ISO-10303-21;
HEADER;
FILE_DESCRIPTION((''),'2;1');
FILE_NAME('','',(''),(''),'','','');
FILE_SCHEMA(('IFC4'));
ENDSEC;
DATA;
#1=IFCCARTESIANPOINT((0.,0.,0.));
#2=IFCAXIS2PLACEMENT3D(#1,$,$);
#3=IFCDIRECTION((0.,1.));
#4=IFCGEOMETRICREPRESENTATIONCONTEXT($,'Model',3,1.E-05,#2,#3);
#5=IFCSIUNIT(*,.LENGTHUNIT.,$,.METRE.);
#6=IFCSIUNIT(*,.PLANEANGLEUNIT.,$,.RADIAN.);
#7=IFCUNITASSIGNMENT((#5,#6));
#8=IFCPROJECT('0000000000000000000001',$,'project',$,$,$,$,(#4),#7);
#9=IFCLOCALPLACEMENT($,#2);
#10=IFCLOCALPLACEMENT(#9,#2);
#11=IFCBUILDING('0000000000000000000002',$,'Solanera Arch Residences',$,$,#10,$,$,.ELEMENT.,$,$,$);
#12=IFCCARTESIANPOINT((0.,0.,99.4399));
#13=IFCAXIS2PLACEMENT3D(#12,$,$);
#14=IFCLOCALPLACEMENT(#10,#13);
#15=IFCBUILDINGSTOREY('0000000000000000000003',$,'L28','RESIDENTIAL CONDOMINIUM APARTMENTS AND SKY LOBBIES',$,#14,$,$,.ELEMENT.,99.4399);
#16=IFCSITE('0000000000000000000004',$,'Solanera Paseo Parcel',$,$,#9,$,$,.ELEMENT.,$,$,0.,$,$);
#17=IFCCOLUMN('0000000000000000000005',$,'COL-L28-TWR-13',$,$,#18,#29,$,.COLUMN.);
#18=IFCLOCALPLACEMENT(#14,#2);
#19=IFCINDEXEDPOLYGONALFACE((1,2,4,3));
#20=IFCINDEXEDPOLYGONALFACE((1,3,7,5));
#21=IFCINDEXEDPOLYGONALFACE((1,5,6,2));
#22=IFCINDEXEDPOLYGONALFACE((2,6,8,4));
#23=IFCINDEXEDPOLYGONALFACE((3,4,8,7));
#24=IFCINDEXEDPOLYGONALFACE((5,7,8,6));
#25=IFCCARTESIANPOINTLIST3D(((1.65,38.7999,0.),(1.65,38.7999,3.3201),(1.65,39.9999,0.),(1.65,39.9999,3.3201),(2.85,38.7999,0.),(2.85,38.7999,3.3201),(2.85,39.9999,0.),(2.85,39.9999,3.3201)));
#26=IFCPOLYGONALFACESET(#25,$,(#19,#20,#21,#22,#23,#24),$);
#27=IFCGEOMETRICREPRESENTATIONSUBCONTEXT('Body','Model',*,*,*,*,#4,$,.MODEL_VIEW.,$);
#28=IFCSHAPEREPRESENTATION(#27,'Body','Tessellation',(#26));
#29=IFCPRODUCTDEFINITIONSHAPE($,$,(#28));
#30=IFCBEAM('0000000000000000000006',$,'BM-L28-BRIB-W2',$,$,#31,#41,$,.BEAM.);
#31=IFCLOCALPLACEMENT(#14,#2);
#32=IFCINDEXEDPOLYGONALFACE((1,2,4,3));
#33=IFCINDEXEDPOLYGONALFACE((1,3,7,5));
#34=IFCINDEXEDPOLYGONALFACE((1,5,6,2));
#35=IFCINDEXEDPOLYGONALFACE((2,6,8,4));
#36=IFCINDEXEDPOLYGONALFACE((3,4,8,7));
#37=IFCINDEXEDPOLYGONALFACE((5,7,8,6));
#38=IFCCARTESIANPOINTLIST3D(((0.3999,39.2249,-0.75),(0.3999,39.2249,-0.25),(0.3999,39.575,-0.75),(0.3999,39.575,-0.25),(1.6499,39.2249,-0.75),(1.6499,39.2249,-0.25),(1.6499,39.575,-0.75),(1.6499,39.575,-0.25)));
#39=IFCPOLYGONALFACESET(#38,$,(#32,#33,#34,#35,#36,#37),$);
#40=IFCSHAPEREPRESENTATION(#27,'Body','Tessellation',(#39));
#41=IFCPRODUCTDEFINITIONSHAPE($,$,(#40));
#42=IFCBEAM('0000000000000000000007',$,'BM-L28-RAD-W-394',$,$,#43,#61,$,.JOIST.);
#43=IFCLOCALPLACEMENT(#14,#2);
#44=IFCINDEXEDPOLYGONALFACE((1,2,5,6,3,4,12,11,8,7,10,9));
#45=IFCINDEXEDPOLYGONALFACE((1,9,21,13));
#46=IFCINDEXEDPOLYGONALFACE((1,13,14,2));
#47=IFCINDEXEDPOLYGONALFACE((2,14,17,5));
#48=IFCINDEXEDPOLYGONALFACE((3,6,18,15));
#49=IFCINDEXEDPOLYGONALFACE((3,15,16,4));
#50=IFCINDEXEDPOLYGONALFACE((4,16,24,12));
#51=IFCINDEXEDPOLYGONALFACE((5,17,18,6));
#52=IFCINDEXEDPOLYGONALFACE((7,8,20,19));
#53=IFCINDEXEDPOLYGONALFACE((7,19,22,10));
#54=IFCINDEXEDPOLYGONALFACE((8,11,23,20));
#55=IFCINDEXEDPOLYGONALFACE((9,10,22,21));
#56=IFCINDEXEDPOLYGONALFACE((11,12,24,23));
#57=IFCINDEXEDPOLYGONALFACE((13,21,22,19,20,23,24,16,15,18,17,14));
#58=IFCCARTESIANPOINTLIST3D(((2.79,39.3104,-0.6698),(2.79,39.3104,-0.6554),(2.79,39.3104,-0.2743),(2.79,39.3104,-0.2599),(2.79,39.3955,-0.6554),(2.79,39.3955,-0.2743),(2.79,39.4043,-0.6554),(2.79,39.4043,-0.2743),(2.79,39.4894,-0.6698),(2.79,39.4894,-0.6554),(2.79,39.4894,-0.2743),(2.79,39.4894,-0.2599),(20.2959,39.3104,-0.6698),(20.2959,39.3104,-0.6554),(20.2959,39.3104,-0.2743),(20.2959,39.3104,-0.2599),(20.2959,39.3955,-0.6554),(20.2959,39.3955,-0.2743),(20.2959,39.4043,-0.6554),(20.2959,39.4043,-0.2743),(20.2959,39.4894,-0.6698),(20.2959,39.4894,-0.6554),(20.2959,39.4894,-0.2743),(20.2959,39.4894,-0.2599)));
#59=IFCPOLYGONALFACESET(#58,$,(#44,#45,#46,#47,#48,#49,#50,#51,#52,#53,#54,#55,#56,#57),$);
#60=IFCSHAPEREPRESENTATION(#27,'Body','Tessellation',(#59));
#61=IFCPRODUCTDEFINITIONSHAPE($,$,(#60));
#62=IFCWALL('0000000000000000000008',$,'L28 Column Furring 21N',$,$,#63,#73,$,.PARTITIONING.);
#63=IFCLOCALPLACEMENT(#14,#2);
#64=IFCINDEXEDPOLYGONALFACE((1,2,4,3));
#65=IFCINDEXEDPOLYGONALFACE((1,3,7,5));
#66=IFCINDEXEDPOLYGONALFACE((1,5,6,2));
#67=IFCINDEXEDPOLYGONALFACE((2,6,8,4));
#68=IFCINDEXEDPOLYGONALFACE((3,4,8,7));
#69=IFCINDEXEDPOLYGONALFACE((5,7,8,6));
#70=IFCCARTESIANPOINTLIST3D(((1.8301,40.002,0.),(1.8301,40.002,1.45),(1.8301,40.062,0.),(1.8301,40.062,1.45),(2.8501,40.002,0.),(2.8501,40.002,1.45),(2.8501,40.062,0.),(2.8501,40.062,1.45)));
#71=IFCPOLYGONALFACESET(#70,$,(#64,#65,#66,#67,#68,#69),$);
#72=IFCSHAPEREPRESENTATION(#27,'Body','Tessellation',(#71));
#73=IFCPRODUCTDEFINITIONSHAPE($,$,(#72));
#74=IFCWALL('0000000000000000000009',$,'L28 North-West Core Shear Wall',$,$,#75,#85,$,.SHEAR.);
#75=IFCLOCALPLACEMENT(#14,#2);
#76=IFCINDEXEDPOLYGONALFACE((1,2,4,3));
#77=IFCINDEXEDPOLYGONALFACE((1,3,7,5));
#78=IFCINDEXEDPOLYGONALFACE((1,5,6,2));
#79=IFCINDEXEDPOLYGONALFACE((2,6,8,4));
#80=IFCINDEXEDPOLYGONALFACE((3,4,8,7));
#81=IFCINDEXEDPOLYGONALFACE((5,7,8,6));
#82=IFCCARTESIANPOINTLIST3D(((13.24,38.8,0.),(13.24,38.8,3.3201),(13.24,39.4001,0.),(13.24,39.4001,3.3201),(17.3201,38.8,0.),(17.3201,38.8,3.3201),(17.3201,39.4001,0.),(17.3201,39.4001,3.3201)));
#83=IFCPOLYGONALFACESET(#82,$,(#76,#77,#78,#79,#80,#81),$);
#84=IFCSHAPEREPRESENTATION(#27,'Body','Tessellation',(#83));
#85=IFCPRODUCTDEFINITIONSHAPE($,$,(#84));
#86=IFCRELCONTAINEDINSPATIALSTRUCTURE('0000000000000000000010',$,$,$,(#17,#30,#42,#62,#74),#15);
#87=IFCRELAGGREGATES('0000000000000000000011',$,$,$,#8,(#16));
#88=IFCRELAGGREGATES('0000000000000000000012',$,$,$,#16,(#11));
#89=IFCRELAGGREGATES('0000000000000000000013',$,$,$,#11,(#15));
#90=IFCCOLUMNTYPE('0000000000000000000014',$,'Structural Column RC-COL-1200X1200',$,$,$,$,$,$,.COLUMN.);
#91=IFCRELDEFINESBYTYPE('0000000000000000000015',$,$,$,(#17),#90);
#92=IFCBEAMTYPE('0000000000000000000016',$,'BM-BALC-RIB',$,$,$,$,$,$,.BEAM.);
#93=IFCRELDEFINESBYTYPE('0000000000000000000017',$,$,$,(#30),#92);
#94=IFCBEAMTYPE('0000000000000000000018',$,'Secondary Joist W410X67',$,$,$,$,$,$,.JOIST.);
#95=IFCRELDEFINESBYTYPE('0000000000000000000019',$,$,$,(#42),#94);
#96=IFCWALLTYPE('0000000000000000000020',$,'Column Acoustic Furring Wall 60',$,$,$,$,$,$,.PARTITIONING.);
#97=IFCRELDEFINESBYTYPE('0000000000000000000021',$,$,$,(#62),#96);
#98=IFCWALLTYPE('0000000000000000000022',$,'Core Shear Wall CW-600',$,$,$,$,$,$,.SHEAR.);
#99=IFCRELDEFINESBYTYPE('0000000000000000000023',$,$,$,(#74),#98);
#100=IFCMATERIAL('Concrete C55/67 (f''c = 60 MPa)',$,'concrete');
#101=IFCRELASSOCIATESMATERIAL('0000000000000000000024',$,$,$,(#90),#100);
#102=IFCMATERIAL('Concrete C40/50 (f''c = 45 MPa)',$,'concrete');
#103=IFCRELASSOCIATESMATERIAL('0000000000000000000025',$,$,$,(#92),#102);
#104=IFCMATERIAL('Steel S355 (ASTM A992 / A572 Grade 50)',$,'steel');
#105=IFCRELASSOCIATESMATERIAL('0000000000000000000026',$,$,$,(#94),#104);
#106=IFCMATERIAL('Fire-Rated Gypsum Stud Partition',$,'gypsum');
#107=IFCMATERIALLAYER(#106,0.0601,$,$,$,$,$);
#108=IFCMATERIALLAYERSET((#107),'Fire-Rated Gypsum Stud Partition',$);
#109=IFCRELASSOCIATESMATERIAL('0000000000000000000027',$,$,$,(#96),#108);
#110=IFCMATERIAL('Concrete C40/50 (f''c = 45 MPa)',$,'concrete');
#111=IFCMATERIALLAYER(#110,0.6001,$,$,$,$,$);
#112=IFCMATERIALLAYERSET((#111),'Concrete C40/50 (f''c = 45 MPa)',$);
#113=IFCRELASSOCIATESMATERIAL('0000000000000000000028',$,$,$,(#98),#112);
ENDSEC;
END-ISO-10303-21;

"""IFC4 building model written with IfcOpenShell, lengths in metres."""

from ifc_helpers import new_model, si_unit, direction, frame, frame_2d, origin, origin_2d, place, context, subcontext, project, spatial, rectangle, i_section, extrude, material, layer, layer_set, material_profile, profile_set, type_object, element, save


model = new_model("IFC4")

# Units and contexts
model_context = context("Model", 3, precision=1e-05, world=origin(), true_north=direction((0.0, 1.0)))
body_context = subcontext(model_context, "Body", "Model", "MODEL_VIEW")
ifc_project = project(units=[si_unit("LENGTHUNIT", "METRE"), si_unit("PLANEANGLEUNIT", "RADIAN")], contexts=[model_context])

# Site, building, storey
site_placement = place(None, origin())
site = spatial("IfcSite", under=ifc_project, at=site_placement, Name="Solanera Paseo Parcel", CompositionType="ELEMENT", RefElevation=0.0)
building_placement = place(site_placement, origin())
building = spatial("IfcBuilding", under=site, at=building_placement, Name="Solanera Arch Residences", CompositionType="ELEMENT")
storey_placement = place(building_placement, frame((0.0, 0.0, 99.4399)))
storey = spatial("IfcBuildingStorey", under=building, at=storey_placement, Name="L28", Description="RESIDENTIAL CONDOMINIUM APARTMENTS AND SKY LOBBIES", CompositionType="ELEMENT", Elevation=99.4399)

# Column
ifc_material_1 = material(Name="Concrete C55/67 (f'c = 60 MPa)", Category="concrete")
ifc_material_profile_1 = material_profile(ifc_material_1, rectangle(XDim=1.2, YDim=1.2, at=origin_2d()))
ifc_profile_set_1 = profile_set([ifc_material_profile_1], Name="Concrete C55/67 (f'c = 60 MPa)")
column_type = type_object("IfcColumnType", Name="Structural Column RC-COL-1200X1200", PredefinedType="COLUMN", material=ifc_profile_set_1)
column_placement = place(storey_placement, frame((2.25, 39.3999, 0.0), z_axis=(0.0, 0.0, 1.0), x_axis=(1.0, 0.0, 0.0)))
element("IfcColumn", 1, at=column_placement, inside=storey, type_object=column_type, Name="COL-L28-TWR-13", PredefinedType="COLUMN", context=body_context, shape_type="SweptSolid", body=[
    extrude(rectangle(XDim=1.2, YDim=1.2, at=origin_2d()), origin(), (0.0, 0.0, 1.0), 3.3201),
])

# Beams
ifc_material_2 = material(Name="Concrete C40/50 (f'c = 45 MPa)", Category="concrete")
ifc_material_profile_2 = material_profile(ifc_material_2, rectangle(XDim=0.3501, YDim=0.5, at=origin_2d()))
ifc_profile_set_2 = profile_set([ifc_material_profile_2], Name="Concrete C40/50 (f'c = 45 MPa)")
beam_type_1 = type_object("IfcBeamType", Name="BM-BALC-RIB", PredefinedType="BEAM", material=ifc_profile_set_2)
beam_1_placement = place(storey_placement, frame((0.3999, 39.3999, -0.5), z_axis=(1.0, 0.0, 0.0), x_axis=(0.0, 1.0, 0.0)))
element("IfcBeam", 2, at=beam_1_placement, inside=storey, type_object=beam_type_1, Name="BM-L28-BRIB-W2", PredefinedType="BEAM", context=body_context, shape_type="SweptSolid", body=[
    extrude(rectangle(XDim=0.3501, YDim=0.5, at=origin_2d()), origin(), (0.0, 0.0, 1.0), 1.25),
])
ifc_material_3 = material(Name="Steel S355 (ASTM A992 / A572 Grade 50)", Category="steel")
ifc_material_profile_3 = material_profile(ifc_material_3, i_section(OverallWidth=0.179, OverallDepth=0.4099, WebThickness=0.0088, FlangeThickness=0.0144, at=origin_2d()))
ifc_profile_set_3 = profile_set([ifc_material_profile_3], Name="Steel S355 (ASTM A992 / A572 Grade 50)")
beam_type_2 = type_object("IfcBeamType", Name="Secondary Joist W410X67", PredefinedType="JOIST", material=ifc_profile_set_3)
beam_2_placement = place(storey_placement, frame((2.79, 39.3999, -0.4648), z_axis=(1.0, 0.0, 0.0), x_axis=(0.0, 1.0, 0.0)))
element("IfcBeam", 3, at=beam_2_placement, inside=storey, type_object=beam_type_2, Name="BM-L28-RAD-W-394", PredefinedType="JOIST", context=body_context, shape_type="SweptSolid", body=[
    extrude(i_section(OverallWidth=0.179, OverallDepth=0.4099, WebThickness=0.0088, FlangeThickness=0.0144, at=origin_2d()), origin(), (0.0, 0.0, 1.0), 17.5059),
])

# Walls
ifc_material_4 = material(Name="Fire-Rated Gypsum Stud Partition", Category="gypsum")
ifc_layer_1 = layer(ifc_material_4, 0.0601)
ifc_layer_set_1 = layer_set([ifc_layer_1], Name="Fire-Rated Gypsum Stud Partition")
wall_type_1 = type_object("IfcWallType", Name="Column Acoustic Furring Wall 60", PredefinedType="PARTITIONING", material=ifc_layer_set_1)
wall_1_placement = place(storey_placement, frame((1.8301, 40.032, 0.0), z_axis=(0.0, 0.0, 1.0), x_axis=(1.0, 0.0, 0.0)))
element("IfcWall", 4, at=wall_1_placement, inside=storey, type_object=wall_type_1, Name="L28 Column Furring 21N", PredefinedType="PARTITIONING", context=body_context, shape_type="SweptSolid", body=[
    extrude(rectangle(XDim=1.02, YDim=0.0601, at=frame_2d((0.51, 0.0))), origin(), (0.0, 0.0, 1.0), 1.45),
])
ifc_material_5 = material(Name="Concrete C40/50 (f'c = 45 MPa)", Category="concrete")
ifc_layer_2 = layer(ifc_material_5, 0.6001)
ifc_layer_set_2 = layer_set([ifc_layer_2], Name="Concrete C40/50 (f'c = 45 MPa)")
wall_type_2 = type_object("IfcWallType", Name="Core Shear Wall CW-600", PredefinedType="SHEAR", material=ifc_layer_set_2)
wall_2_placement = place(storey_placement, frame((13.24, 39.1001, 0.0), z_axis=(0.0, 0.0, 1.0), x_axis=(1.0, 0.0, 0.0)))
element("IfcWall", 5, at=wall_2_placement, inside=storey, type_object=wall_type_2, Name="L28 North-West Core Shear Wall", PredefinedType="SHEAR", context=body_context, shape_type="SweptSolid", body=[
    extrude(rectangle(XDim=4.0801, YDim=0.6001, at=frame_2d((2.04, 0.0))), origin(), (0.0, 0.0, 1.0), 3.3201),
])

save(model, "model.ifc")
